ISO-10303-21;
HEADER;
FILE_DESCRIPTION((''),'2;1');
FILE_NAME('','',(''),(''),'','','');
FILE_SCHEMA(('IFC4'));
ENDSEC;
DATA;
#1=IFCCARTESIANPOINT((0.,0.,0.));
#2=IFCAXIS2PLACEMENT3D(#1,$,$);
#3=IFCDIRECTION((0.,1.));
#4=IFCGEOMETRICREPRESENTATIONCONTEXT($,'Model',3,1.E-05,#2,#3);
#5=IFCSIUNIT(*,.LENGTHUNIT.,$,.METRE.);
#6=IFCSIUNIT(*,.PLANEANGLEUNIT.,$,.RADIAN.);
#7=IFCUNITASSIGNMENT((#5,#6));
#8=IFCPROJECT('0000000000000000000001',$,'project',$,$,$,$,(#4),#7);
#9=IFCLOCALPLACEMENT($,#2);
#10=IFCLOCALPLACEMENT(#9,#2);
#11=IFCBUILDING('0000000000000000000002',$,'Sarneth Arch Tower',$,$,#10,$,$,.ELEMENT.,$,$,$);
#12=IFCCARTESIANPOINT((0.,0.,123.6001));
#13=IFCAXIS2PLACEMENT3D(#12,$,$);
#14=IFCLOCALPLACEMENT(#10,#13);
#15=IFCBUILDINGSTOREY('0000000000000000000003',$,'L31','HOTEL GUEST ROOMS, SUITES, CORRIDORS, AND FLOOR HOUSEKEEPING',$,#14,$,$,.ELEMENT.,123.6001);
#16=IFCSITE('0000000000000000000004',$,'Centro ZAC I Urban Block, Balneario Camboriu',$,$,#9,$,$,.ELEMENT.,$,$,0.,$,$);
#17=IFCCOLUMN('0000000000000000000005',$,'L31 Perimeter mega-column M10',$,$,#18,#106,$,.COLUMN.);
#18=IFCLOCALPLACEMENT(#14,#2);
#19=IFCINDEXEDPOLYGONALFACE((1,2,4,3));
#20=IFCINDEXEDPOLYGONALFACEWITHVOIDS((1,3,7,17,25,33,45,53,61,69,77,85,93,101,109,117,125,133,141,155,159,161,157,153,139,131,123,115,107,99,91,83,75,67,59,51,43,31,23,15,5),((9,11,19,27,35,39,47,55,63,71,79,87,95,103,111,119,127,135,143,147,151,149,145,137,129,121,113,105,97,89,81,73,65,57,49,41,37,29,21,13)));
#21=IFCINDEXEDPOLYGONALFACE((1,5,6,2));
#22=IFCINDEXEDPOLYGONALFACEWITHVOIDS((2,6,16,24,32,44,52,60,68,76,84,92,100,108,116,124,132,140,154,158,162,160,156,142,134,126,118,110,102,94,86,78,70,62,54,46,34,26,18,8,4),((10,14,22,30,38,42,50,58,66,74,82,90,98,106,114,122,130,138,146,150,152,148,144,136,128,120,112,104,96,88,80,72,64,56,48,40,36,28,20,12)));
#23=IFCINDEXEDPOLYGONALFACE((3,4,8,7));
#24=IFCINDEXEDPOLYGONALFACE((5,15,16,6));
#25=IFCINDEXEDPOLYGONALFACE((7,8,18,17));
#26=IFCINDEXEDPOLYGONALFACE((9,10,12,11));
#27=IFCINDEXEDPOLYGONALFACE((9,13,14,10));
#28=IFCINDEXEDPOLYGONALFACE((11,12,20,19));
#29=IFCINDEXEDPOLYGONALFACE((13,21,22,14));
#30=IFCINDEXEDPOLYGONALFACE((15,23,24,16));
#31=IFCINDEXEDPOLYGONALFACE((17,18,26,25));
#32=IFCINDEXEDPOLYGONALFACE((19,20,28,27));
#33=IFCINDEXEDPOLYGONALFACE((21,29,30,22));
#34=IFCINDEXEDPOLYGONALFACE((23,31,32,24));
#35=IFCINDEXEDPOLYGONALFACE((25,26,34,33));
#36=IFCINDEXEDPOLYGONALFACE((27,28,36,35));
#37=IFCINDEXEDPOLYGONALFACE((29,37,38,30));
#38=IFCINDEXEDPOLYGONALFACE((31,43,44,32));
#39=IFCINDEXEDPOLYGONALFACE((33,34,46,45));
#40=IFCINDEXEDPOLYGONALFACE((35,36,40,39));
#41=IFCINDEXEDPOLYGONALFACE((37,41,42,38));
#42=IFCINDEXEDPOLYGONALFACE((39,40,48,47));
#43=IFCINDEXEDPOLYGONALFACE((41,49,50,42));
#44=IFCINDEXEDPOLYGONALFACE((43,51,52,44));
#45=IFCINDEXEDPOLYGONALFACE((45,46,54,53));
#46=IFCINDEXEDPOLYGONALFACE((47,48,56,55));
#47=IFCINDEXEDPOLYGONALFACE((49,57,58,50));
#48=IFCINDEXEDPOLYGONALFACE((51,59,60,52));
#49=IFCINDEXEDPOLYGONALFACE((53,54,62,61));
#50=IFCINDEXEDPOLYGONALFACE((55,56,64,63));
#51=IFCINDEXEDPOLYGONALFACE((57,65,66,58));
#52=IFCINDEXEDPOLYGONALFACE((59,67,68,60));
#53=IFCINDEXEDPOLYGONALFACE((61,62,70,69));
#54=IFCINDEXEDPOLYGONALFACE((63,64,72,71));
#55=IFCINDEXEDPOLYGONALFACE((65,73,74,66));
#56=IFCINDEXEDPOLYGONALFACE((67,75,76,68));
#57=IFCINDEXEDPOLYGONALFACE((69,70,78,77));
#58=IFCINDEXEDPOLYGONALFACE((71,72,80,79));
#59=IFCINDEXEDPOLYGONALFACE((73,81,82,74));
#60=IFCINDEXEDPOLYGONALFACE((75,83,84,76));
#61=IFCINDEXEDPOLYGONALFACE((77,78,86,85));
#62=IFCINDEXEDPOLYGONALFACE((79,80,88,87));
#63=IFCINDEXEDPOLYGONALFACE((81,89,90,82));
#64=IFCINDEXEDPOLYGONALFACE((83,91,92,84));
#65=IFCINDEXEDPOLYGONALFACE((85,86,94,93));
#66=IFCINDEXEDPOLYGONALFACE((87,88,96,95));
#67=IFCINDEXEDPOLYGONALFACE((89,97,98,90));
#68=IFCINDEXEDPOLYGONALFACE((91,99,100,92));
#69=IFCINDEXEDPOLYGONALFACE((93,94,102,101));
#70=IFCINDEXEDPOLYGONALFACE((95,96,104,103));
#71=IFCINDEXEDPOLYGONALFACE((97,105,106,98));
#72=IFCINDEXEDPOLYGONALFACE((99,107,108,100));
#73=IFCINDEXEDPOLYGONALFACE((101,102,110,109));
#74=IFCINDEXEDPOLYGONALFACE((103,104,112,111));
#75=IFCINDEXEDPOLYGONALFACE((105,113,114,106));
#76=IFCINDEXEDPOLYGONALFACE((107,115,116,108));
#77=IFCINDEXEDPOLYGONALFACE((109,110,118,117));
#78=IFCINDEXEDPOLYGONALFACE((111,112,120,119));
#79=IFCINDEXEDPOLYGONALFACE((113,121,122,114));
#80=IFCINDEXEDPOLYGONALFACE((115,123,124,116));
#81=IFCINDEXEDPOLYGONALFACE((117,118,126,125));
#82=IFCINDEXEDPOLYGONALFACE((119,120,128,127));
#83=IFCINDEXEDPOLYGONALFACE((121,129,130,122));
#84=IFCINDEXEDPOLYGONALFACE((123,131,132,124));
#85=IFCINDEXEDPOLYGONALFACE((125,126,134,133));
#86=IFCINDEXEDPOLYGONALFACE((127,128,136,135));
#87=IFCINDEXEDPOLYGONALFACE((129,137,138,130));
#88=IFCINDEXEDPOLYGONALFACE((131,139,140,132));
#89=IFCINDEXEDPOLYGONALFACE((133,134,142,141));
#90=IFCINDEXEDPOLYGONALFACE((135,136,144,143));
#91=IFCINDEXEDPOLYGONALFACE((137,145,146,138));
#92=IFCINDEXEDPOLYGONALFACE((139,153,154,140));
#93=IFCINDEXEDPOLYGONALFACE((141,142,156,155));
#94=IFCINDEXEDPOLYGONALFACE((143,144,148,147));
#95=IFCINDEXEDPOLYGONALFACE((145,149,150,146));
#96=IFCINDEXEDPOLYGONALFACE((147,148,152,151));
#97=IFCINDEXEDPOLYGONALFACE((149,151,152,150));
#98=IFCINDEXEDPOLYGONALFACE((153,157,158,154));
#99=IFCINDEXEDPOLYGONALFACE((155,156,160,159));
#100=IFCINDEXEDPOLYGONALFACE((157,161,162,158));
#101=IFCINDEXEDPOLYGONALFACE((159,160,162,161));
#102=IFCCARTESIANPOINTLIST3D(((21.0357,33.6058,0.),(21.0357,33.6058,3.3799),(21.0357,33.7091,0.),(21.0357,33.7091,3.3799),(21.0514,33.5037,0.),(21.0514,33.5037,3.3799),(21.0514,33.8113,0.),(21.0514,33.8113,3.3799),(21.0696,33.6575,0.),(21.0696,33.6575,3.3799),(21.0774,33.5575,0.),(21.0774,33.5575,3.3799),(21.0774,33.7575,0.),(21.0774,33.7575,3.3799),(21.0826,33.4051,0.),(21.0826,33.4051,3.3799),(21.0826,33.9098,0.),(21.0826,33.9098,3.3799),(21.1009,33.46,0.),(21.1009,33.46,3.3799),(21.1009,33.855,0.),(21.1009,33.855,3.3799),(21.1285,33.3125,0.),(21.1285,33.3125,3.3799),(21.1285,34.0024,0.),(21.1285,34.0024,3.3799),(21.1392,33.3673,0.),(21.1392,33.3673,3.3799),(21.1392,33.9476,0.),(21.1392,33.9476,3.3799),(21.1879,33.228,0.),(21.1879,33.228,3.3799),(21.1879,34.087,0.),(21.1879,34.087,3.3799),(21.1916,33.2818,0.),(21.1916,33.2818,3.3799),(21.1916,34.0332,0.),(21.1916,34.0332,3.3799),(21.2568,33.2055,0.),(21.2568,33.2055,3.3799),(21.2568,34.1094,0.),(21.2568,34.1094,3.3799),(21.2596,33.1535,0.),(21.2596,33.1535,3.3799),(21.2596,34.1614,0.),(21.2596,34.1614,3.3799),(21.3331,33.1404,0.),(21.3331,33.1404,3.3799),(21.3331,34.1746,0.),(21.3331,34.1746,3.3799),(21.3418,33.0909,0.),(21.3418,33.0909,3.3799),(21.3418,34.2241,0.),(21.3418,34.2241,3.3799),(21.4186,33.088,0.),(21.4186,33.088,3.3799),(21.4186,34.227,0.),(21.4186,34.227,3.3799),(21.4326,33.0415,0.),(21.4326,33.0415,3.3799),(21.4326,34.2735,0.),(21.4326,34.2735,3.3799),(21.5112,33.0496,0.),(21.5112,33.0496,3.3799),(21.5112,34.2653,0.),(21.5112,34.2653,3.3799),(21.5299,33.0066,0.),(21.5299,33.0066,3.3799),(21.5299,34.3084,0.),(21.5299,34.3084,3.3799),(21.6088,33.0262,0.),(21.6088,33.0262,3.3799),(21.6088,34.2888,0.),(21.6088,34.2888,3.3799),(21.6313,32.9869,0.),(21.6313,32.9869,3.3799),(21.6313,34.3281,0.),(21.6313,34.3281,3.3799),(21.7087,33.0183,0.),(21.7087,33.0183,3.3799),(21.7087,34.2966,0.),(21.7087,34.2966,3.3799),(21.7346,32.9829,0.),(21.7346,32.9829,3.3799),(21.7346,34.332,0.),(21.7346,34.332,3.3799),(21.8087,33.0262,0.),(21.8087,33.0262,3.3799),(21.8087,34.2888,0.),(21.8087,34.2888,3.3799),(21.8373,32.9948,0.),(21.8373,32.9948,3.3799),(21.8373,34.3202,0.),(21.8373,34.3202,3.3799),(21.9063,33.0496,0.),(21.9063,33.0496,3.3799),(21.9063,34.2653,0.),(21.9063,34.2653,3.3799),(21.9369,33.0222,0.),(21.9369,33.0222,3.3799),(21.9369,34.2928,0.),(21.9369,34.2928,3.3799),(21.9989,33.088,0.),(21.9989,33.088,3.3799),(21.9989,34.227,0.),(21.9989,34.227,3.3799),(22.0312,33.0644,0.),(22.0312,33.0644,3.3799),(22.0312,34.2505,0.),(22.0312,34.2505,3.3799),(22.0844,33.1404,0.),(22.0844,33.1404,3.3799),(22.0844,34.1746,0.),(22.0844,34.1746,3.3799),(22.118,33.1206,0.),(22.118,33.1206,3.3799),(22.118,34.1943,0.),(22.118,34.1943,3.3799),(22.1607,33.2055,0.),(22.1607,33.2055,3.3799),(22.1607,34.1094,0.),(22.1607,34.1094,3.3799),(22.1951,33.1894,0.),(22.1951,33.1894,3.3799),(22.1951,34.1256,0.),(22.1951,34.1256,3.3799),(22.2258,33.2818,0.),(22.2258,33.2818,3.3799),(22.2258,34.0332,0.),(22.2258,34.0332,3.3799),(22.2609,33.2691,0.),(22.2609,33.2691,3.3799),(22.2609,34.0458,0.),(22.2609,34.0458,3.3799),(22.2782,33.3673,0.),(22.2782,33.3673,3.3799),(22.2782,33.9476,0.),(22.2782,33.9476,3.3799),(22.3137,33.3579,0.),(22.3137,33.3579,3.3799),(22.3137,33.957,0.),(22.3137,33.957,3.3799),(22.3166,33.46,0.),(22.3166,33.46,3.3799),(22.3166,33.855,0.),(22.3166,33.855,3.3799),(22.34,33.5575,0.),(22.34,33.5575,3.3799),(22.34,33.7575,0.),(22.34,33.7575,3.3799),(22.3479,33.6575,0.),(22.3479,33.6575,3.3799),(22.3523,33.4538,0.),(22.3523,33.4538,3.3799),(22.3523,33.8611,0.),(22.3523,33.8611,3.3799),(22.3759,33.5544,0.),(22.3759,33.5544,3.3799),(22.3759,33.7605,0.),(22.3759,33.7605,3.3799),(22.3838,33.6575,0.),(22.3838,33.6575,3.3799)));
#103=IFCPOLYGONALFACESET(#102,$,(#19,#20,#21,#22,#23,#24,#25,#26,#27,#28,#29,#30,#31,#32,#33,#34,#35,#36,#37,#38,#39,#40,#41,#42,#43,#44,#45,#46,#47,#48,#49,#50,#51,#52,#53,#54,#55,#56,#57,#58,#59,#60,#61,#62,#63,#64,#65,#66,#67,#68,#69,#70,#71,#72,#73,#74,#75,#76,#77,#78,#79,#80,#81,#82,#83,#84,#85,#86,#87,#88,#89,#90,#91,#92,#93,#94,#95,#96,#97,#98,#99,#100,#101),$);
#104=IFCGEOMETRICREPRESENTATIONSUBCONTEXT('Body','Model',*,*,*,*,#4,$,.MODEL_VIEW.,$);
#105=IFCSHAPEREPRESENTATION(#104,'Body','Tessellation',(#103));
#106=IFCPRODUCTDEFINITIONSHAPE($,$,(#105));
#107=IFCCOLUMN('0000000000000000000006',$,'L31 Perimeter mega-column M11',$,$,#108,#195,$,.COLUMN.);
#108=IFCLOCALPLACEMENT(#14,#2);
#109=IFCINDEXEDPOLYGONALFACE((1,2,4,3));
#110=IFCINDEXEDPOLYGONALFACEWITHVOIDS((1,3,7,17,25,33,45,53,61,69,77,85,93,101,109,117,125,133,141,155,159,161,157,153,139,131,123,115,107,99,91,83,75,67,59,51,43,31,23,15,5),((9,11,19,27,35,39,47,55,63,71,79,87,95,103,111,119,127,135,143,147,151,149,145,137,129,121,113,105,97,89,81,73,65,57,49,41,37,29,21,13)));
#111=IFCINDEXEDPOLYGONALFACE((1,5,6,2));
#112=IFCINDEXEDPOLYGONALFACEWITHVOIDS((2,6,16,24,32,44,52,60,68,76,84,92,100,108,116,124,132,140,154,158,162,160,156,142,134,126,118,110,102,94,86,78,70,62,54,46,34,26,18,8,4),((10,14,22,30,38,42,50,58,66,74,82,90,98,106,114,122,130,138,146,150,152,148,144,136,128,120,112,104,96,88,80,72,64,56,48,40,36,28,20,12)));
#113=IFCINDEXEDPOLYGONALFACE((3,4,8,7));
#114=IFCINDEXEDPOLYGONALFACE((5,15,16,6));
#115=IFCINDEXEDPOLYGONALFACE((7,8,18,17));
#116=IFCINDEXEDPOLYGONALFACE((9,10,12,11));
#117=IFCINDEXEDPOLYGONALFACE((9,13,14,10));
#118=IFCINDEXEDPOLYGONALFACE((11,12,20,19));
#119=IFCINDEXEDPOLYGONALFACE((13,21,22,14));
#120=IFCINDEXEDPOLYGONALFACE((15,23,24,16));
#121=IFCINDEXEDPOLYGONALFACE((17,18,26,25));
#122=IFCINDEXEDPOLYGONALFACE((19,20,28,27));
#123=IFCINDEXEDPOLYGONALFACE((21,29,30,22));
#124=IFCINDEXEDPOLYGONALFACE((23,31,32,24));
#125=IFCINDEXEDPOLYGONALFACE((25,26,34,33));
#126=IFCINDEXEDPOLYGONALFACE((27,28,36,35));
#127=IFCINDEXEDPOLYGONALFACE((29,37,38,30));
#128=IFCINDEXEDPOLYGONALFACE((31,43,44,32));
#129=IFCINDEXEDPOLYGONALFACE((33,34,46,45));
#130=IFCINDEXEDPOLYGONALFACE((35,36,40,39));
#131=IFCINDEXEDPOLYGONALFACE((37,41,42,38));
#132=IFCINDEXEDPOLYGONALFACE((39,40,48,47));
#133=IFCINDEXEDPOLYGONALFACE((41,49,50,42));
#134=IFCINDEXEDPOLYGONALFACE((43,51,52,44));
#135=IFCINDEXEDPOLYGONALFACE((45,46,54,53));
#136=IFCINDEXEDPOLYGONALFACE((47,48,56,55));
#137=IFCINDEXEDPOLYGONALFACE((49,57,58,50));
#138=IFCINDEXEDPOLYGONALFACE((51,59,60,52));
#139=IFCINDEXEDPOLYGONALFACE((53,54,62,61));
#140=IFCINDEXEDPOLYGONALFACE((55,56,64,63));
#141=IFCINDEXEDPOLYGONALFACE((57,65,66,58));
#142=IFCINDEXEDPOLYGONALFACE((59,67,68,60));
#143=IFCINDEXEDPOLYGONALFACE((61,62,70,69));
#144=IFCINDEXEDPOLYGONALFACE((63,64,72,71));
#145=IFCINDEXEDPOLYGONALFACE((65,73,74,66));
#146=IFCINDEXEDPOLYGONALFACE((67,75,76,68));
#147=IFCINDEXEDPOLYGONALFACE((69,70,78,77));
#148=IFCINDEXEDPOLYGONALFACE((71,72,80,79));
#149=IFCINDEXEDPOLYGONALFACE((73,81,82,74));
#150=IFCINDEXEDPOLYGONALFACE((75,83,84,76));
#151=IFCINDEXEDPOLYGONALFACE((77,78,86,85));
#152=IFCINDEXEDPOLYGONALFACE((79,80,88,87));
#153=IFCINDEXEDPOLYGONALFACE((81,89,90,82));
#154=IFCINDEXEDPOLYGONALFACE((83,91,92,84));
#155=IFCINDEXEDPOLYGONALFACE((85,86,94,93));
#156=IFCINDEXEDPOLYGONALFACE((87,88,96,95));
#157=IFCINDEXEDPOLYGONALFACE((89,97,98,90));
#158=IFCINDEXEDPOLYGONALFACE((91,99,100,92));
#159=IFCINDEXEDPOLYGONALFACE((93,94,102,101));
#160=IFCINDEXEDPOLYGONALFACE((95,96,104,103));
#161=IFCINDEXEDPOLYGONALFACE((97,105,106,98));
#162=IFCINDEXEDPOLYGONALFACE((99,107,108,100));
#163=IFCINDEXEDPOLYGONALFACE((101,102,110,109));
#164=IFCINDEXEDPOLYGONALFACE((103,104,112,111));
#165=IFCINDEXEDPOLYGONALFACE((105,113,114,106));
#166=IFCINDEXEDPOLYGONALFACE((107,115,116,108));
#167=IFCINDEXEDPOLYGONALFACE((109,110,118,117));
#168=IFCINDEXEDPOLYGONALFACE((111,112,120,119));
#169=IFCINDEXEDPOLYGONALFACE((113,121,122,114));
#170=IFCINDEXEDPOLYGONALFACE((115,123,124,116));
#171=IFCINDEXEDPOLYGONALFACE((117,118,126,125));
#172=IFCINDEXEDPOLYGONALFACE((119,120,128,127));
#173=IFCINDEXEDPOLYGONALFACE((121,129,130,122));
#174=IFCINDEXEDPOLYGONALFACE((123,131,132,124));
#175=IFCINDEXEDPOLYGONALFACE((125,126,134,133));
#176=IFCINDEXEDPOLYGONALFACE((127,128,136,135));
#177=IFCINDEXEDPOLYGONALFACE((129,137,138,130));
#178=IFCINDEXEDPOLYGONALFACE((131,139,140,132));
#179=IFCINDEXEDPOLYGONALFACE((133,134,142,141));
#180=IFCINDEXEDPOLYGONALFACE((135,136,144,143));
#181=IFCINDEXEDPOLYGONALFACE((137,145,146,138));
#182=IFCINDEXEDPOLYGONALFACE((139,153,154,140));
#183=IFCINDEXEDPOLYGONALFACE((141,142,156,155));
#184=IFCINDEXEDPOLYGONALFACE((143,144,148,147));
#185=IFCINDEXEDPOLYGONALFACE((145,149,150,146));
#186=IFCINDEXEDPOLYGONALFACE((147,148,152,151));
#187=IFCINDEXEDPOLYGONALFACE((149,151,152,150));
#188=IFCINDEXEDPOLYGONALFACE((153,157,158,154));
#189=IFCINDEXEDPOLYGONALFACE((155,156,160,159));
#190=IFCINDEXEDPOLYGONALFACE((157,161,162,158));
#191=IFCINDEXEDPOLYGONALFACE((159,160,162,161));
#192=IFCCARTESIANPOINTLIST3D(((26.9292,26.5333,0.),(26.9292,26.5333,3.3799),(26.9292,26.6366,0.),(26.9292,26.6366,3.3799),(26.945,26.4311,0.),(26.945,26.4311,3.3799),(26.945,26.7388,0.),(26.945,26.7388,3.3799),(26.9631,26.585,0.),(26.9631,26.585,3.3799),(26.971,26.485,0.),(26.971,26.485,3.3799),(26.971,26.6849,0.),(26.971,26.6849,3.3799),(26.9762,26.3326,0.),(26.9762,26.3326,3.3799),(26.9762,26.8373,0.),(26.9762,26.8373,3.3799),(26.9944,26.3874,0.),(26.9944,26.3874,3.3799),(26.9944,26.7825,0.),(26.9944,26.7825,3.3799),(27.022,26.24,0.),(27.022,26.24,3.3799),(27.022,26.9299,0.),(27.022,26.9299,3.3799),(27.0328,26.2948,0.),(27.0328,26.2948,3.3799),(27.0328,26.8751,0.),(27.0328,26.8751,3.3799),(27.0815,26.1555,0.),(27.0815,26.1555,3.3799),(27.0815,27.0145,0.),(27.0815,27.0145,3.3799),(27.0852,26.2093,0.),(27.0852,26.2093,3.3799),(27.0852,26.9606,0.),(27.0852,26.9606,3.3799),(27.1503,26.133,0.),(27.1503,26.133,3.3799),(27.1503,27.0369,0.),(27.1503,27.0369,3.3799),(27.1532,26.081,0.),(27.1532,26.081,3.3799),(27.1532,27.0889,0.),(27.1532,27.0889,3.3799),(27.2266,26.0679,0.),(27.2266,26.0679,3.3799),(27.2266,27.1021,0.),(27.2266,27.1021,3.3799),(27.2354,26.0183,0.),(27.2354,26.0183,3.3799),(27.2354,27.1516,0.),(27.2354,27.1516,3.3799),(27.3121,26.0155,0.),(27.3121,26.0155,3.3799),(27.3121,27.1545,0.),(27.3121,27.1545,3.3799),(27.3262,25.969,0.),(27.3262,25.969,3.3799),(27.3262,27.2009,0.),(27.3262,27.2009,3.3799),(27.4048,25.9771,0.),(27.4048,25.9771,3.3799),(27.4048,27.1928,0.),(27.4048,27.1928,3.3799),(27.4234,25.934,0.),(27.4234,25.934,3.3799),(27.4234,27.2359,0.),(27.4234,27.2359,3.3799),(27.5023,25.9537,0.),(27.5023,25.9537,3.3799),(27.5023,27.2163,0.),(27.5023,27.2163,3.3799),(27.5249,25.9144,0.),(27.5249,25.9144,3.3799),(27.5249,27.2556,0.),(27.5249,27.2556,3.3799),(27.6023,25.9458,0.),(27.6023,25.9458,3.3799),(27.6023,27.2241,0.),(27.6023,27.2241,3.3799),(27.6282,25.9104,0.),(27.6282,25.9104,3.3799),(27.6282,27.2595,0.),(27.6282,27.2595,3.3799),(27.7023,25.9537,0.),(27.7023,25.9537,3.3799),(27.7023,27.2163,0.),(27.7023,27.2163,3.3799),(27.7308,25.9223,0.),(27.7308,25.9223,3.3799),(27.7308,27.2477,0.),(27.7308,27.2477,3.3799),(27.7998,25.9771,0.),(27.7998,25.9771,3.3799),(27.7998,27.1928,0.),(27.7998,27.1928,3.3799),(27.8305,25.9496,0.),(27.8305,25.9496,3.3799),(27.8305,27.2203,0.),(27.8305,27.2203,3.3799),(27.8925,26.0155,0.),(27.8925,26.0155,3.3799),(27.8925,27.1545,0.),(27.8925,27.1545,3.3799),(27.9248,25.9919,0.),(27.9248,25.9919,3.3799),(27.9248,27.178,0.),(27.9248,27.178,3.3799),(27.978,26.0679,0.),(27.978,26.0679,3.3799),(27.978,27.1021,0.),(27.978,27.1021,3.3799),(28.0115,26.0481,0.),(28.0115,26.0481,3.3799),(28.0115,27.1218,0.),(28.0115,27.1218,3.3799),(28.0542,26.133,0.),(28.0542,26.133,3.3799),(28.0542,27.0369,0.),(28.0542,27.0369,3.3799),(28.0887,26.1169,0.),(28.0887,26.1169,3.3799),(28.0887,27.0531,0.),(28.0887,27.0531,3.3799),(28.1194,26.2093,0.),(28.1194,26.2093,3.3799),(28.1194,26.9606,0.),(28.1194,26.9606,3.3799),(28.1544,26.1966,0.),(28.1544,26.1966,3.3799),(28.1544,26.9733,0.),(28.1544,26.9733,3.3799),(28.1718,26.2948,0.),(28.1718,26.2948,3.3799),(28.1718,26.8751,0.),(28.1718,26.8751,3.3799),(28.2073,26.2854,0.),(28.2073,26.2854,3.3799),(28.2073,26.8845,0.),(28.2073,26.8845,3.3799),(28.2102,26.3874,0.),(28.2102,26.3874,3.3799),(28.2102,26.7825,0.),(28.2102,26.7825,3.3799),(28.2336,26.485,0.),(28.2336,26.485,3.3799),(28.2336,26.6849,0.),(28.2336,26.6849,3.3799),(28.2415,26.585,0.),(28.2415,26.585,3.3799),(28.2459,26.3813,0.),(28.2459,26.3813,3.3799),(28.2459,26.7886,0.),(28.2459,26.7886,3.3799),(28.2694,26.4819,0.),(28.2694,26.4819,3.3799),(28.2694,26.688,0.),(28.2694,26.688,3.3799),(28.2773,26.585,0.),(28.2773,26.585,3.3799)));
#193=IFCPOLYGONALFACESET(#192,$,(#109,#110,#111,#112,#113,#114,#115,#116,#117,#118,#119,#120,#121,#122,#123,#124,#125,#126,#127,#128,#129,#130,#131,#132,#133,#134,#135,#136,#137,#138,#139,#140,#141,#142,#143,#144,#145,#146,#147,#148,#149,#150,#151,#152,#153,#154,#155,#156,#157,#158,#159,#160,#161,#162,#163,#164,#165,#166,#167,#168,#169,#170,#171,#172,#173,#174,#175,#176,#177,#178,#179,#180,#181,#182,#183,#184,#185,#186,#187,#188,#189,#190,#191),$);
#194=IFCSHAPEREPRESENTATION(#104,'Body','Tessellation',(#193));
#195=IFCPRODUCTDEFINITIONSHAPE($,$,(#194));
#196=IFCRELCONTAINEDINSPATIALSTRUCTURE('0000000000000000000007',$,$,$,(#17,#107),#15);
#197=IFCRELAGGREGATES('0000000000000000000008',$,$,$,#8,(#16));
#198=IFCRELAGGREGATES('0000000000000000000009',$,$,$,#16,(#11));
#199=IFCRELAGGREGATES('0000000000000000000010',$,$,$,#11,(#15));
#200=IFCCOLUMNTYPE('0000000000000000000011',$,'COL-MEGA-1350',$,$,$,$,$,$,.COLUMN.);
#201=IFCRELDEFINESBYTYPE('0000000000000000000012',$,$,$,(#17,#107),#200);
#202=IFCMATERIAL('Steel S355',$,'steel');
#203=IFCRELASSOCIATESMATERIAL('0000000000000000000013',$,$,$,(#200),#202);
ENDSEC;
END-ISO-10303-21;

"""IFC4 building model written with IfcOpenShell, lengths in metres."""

from ifc_helpers import new_model, si_unit, direction, frame, origin, origin_2d, place, context, subcontext, project, spatial, hollow_circle, extrude, material, material_profile, profile_set, type_object, element, save


model = new_model("IFC4")

# Units and contexts
model_context = context("Model", 3, precision=1e-05, world=origin(), true_north=direction((0.0, 1.0)))
body_context = subcontext(model_context, "Body", "Model", "MODEL_VIEW")
ifc_project = project(units=[si_unit("LENGTHUNIT", "METRE"), si_unit("PLANEANGLEUNIT", "RADIAN")], contexts=[model_context])

# Site, building, storey
site_placement = place(None, origin())
site = spatial("IfcSite", under=ifc_project, at=site_placement, Name="Centro ZAC I Urban Block, Balneario Camboriu", CompositionType="ELEMENT", RefElevation=0.0)
building_placement = place(site_placement, origin())
building = spatial("IfcBuilding", under=site, at=building_placement, Name="Sarneth Arch Tower", CompositionType="ELEMENT")
storey_placement = place(building_placement, frame((0.0, 0.0, 123.6001)))
storey = spatial("IfcBuildingStorey", under=building, at=storey_placement, Name="L31", Description="HOTEL GUEST ROOMS, SUITES, CORRIDORS, AND FLOOR HOUSEKEEPING", CompositionType="ELEMENT", Elevation=123.6001)

# Columns
ifc_material_1 = material(Name="Steel S355", Category="steel")
ifc_material_profile_1 = material_profile(ifc_material_1, hollow_circle(Radius=0.675, WallThickness=0.0359, at=origin_2d()), Name="CHS1350x36")
ifc_profile_set_1 = profile_set([ifc_material_profile_1], Name="Steel S355")
column_type = type_object("IfcColumnType", Name="COL-MEGA-1350", PredefinedType="COLUMN", material=ifc_profile_set_1)
for number, where, z_axis, x_axis, name in (
    (1, (21.7087, 33.6575, 0.0), (0.0, 0.0, 1.0), (1.0, 0.0, 0.0), "L31 Perimeter mega-column M10"),
    (2, (27.6023, 26.585, 0.0), (0.0, 0.0, 1.0), (1.0, 0.0, 0.0), "L31 Perimeter mega-column M11"),
):
    element("IfcColumn", number, at=place(storey_placement, frame(where, z_axis=z_axis, x_axis=x_axis)), inside=storey, type_object=column_type, Name=name, PredefinedType="COLUMN", context=body_context, shape_type="SweptSolid", body=[
        extrude(hollow_circle(Radius=0.675, WallThickness=0.0359, at=origin_2d()), origin(), (0.0, 0.0, 1.0), 3.3799),
    ])

save(model, "model.ifc")
